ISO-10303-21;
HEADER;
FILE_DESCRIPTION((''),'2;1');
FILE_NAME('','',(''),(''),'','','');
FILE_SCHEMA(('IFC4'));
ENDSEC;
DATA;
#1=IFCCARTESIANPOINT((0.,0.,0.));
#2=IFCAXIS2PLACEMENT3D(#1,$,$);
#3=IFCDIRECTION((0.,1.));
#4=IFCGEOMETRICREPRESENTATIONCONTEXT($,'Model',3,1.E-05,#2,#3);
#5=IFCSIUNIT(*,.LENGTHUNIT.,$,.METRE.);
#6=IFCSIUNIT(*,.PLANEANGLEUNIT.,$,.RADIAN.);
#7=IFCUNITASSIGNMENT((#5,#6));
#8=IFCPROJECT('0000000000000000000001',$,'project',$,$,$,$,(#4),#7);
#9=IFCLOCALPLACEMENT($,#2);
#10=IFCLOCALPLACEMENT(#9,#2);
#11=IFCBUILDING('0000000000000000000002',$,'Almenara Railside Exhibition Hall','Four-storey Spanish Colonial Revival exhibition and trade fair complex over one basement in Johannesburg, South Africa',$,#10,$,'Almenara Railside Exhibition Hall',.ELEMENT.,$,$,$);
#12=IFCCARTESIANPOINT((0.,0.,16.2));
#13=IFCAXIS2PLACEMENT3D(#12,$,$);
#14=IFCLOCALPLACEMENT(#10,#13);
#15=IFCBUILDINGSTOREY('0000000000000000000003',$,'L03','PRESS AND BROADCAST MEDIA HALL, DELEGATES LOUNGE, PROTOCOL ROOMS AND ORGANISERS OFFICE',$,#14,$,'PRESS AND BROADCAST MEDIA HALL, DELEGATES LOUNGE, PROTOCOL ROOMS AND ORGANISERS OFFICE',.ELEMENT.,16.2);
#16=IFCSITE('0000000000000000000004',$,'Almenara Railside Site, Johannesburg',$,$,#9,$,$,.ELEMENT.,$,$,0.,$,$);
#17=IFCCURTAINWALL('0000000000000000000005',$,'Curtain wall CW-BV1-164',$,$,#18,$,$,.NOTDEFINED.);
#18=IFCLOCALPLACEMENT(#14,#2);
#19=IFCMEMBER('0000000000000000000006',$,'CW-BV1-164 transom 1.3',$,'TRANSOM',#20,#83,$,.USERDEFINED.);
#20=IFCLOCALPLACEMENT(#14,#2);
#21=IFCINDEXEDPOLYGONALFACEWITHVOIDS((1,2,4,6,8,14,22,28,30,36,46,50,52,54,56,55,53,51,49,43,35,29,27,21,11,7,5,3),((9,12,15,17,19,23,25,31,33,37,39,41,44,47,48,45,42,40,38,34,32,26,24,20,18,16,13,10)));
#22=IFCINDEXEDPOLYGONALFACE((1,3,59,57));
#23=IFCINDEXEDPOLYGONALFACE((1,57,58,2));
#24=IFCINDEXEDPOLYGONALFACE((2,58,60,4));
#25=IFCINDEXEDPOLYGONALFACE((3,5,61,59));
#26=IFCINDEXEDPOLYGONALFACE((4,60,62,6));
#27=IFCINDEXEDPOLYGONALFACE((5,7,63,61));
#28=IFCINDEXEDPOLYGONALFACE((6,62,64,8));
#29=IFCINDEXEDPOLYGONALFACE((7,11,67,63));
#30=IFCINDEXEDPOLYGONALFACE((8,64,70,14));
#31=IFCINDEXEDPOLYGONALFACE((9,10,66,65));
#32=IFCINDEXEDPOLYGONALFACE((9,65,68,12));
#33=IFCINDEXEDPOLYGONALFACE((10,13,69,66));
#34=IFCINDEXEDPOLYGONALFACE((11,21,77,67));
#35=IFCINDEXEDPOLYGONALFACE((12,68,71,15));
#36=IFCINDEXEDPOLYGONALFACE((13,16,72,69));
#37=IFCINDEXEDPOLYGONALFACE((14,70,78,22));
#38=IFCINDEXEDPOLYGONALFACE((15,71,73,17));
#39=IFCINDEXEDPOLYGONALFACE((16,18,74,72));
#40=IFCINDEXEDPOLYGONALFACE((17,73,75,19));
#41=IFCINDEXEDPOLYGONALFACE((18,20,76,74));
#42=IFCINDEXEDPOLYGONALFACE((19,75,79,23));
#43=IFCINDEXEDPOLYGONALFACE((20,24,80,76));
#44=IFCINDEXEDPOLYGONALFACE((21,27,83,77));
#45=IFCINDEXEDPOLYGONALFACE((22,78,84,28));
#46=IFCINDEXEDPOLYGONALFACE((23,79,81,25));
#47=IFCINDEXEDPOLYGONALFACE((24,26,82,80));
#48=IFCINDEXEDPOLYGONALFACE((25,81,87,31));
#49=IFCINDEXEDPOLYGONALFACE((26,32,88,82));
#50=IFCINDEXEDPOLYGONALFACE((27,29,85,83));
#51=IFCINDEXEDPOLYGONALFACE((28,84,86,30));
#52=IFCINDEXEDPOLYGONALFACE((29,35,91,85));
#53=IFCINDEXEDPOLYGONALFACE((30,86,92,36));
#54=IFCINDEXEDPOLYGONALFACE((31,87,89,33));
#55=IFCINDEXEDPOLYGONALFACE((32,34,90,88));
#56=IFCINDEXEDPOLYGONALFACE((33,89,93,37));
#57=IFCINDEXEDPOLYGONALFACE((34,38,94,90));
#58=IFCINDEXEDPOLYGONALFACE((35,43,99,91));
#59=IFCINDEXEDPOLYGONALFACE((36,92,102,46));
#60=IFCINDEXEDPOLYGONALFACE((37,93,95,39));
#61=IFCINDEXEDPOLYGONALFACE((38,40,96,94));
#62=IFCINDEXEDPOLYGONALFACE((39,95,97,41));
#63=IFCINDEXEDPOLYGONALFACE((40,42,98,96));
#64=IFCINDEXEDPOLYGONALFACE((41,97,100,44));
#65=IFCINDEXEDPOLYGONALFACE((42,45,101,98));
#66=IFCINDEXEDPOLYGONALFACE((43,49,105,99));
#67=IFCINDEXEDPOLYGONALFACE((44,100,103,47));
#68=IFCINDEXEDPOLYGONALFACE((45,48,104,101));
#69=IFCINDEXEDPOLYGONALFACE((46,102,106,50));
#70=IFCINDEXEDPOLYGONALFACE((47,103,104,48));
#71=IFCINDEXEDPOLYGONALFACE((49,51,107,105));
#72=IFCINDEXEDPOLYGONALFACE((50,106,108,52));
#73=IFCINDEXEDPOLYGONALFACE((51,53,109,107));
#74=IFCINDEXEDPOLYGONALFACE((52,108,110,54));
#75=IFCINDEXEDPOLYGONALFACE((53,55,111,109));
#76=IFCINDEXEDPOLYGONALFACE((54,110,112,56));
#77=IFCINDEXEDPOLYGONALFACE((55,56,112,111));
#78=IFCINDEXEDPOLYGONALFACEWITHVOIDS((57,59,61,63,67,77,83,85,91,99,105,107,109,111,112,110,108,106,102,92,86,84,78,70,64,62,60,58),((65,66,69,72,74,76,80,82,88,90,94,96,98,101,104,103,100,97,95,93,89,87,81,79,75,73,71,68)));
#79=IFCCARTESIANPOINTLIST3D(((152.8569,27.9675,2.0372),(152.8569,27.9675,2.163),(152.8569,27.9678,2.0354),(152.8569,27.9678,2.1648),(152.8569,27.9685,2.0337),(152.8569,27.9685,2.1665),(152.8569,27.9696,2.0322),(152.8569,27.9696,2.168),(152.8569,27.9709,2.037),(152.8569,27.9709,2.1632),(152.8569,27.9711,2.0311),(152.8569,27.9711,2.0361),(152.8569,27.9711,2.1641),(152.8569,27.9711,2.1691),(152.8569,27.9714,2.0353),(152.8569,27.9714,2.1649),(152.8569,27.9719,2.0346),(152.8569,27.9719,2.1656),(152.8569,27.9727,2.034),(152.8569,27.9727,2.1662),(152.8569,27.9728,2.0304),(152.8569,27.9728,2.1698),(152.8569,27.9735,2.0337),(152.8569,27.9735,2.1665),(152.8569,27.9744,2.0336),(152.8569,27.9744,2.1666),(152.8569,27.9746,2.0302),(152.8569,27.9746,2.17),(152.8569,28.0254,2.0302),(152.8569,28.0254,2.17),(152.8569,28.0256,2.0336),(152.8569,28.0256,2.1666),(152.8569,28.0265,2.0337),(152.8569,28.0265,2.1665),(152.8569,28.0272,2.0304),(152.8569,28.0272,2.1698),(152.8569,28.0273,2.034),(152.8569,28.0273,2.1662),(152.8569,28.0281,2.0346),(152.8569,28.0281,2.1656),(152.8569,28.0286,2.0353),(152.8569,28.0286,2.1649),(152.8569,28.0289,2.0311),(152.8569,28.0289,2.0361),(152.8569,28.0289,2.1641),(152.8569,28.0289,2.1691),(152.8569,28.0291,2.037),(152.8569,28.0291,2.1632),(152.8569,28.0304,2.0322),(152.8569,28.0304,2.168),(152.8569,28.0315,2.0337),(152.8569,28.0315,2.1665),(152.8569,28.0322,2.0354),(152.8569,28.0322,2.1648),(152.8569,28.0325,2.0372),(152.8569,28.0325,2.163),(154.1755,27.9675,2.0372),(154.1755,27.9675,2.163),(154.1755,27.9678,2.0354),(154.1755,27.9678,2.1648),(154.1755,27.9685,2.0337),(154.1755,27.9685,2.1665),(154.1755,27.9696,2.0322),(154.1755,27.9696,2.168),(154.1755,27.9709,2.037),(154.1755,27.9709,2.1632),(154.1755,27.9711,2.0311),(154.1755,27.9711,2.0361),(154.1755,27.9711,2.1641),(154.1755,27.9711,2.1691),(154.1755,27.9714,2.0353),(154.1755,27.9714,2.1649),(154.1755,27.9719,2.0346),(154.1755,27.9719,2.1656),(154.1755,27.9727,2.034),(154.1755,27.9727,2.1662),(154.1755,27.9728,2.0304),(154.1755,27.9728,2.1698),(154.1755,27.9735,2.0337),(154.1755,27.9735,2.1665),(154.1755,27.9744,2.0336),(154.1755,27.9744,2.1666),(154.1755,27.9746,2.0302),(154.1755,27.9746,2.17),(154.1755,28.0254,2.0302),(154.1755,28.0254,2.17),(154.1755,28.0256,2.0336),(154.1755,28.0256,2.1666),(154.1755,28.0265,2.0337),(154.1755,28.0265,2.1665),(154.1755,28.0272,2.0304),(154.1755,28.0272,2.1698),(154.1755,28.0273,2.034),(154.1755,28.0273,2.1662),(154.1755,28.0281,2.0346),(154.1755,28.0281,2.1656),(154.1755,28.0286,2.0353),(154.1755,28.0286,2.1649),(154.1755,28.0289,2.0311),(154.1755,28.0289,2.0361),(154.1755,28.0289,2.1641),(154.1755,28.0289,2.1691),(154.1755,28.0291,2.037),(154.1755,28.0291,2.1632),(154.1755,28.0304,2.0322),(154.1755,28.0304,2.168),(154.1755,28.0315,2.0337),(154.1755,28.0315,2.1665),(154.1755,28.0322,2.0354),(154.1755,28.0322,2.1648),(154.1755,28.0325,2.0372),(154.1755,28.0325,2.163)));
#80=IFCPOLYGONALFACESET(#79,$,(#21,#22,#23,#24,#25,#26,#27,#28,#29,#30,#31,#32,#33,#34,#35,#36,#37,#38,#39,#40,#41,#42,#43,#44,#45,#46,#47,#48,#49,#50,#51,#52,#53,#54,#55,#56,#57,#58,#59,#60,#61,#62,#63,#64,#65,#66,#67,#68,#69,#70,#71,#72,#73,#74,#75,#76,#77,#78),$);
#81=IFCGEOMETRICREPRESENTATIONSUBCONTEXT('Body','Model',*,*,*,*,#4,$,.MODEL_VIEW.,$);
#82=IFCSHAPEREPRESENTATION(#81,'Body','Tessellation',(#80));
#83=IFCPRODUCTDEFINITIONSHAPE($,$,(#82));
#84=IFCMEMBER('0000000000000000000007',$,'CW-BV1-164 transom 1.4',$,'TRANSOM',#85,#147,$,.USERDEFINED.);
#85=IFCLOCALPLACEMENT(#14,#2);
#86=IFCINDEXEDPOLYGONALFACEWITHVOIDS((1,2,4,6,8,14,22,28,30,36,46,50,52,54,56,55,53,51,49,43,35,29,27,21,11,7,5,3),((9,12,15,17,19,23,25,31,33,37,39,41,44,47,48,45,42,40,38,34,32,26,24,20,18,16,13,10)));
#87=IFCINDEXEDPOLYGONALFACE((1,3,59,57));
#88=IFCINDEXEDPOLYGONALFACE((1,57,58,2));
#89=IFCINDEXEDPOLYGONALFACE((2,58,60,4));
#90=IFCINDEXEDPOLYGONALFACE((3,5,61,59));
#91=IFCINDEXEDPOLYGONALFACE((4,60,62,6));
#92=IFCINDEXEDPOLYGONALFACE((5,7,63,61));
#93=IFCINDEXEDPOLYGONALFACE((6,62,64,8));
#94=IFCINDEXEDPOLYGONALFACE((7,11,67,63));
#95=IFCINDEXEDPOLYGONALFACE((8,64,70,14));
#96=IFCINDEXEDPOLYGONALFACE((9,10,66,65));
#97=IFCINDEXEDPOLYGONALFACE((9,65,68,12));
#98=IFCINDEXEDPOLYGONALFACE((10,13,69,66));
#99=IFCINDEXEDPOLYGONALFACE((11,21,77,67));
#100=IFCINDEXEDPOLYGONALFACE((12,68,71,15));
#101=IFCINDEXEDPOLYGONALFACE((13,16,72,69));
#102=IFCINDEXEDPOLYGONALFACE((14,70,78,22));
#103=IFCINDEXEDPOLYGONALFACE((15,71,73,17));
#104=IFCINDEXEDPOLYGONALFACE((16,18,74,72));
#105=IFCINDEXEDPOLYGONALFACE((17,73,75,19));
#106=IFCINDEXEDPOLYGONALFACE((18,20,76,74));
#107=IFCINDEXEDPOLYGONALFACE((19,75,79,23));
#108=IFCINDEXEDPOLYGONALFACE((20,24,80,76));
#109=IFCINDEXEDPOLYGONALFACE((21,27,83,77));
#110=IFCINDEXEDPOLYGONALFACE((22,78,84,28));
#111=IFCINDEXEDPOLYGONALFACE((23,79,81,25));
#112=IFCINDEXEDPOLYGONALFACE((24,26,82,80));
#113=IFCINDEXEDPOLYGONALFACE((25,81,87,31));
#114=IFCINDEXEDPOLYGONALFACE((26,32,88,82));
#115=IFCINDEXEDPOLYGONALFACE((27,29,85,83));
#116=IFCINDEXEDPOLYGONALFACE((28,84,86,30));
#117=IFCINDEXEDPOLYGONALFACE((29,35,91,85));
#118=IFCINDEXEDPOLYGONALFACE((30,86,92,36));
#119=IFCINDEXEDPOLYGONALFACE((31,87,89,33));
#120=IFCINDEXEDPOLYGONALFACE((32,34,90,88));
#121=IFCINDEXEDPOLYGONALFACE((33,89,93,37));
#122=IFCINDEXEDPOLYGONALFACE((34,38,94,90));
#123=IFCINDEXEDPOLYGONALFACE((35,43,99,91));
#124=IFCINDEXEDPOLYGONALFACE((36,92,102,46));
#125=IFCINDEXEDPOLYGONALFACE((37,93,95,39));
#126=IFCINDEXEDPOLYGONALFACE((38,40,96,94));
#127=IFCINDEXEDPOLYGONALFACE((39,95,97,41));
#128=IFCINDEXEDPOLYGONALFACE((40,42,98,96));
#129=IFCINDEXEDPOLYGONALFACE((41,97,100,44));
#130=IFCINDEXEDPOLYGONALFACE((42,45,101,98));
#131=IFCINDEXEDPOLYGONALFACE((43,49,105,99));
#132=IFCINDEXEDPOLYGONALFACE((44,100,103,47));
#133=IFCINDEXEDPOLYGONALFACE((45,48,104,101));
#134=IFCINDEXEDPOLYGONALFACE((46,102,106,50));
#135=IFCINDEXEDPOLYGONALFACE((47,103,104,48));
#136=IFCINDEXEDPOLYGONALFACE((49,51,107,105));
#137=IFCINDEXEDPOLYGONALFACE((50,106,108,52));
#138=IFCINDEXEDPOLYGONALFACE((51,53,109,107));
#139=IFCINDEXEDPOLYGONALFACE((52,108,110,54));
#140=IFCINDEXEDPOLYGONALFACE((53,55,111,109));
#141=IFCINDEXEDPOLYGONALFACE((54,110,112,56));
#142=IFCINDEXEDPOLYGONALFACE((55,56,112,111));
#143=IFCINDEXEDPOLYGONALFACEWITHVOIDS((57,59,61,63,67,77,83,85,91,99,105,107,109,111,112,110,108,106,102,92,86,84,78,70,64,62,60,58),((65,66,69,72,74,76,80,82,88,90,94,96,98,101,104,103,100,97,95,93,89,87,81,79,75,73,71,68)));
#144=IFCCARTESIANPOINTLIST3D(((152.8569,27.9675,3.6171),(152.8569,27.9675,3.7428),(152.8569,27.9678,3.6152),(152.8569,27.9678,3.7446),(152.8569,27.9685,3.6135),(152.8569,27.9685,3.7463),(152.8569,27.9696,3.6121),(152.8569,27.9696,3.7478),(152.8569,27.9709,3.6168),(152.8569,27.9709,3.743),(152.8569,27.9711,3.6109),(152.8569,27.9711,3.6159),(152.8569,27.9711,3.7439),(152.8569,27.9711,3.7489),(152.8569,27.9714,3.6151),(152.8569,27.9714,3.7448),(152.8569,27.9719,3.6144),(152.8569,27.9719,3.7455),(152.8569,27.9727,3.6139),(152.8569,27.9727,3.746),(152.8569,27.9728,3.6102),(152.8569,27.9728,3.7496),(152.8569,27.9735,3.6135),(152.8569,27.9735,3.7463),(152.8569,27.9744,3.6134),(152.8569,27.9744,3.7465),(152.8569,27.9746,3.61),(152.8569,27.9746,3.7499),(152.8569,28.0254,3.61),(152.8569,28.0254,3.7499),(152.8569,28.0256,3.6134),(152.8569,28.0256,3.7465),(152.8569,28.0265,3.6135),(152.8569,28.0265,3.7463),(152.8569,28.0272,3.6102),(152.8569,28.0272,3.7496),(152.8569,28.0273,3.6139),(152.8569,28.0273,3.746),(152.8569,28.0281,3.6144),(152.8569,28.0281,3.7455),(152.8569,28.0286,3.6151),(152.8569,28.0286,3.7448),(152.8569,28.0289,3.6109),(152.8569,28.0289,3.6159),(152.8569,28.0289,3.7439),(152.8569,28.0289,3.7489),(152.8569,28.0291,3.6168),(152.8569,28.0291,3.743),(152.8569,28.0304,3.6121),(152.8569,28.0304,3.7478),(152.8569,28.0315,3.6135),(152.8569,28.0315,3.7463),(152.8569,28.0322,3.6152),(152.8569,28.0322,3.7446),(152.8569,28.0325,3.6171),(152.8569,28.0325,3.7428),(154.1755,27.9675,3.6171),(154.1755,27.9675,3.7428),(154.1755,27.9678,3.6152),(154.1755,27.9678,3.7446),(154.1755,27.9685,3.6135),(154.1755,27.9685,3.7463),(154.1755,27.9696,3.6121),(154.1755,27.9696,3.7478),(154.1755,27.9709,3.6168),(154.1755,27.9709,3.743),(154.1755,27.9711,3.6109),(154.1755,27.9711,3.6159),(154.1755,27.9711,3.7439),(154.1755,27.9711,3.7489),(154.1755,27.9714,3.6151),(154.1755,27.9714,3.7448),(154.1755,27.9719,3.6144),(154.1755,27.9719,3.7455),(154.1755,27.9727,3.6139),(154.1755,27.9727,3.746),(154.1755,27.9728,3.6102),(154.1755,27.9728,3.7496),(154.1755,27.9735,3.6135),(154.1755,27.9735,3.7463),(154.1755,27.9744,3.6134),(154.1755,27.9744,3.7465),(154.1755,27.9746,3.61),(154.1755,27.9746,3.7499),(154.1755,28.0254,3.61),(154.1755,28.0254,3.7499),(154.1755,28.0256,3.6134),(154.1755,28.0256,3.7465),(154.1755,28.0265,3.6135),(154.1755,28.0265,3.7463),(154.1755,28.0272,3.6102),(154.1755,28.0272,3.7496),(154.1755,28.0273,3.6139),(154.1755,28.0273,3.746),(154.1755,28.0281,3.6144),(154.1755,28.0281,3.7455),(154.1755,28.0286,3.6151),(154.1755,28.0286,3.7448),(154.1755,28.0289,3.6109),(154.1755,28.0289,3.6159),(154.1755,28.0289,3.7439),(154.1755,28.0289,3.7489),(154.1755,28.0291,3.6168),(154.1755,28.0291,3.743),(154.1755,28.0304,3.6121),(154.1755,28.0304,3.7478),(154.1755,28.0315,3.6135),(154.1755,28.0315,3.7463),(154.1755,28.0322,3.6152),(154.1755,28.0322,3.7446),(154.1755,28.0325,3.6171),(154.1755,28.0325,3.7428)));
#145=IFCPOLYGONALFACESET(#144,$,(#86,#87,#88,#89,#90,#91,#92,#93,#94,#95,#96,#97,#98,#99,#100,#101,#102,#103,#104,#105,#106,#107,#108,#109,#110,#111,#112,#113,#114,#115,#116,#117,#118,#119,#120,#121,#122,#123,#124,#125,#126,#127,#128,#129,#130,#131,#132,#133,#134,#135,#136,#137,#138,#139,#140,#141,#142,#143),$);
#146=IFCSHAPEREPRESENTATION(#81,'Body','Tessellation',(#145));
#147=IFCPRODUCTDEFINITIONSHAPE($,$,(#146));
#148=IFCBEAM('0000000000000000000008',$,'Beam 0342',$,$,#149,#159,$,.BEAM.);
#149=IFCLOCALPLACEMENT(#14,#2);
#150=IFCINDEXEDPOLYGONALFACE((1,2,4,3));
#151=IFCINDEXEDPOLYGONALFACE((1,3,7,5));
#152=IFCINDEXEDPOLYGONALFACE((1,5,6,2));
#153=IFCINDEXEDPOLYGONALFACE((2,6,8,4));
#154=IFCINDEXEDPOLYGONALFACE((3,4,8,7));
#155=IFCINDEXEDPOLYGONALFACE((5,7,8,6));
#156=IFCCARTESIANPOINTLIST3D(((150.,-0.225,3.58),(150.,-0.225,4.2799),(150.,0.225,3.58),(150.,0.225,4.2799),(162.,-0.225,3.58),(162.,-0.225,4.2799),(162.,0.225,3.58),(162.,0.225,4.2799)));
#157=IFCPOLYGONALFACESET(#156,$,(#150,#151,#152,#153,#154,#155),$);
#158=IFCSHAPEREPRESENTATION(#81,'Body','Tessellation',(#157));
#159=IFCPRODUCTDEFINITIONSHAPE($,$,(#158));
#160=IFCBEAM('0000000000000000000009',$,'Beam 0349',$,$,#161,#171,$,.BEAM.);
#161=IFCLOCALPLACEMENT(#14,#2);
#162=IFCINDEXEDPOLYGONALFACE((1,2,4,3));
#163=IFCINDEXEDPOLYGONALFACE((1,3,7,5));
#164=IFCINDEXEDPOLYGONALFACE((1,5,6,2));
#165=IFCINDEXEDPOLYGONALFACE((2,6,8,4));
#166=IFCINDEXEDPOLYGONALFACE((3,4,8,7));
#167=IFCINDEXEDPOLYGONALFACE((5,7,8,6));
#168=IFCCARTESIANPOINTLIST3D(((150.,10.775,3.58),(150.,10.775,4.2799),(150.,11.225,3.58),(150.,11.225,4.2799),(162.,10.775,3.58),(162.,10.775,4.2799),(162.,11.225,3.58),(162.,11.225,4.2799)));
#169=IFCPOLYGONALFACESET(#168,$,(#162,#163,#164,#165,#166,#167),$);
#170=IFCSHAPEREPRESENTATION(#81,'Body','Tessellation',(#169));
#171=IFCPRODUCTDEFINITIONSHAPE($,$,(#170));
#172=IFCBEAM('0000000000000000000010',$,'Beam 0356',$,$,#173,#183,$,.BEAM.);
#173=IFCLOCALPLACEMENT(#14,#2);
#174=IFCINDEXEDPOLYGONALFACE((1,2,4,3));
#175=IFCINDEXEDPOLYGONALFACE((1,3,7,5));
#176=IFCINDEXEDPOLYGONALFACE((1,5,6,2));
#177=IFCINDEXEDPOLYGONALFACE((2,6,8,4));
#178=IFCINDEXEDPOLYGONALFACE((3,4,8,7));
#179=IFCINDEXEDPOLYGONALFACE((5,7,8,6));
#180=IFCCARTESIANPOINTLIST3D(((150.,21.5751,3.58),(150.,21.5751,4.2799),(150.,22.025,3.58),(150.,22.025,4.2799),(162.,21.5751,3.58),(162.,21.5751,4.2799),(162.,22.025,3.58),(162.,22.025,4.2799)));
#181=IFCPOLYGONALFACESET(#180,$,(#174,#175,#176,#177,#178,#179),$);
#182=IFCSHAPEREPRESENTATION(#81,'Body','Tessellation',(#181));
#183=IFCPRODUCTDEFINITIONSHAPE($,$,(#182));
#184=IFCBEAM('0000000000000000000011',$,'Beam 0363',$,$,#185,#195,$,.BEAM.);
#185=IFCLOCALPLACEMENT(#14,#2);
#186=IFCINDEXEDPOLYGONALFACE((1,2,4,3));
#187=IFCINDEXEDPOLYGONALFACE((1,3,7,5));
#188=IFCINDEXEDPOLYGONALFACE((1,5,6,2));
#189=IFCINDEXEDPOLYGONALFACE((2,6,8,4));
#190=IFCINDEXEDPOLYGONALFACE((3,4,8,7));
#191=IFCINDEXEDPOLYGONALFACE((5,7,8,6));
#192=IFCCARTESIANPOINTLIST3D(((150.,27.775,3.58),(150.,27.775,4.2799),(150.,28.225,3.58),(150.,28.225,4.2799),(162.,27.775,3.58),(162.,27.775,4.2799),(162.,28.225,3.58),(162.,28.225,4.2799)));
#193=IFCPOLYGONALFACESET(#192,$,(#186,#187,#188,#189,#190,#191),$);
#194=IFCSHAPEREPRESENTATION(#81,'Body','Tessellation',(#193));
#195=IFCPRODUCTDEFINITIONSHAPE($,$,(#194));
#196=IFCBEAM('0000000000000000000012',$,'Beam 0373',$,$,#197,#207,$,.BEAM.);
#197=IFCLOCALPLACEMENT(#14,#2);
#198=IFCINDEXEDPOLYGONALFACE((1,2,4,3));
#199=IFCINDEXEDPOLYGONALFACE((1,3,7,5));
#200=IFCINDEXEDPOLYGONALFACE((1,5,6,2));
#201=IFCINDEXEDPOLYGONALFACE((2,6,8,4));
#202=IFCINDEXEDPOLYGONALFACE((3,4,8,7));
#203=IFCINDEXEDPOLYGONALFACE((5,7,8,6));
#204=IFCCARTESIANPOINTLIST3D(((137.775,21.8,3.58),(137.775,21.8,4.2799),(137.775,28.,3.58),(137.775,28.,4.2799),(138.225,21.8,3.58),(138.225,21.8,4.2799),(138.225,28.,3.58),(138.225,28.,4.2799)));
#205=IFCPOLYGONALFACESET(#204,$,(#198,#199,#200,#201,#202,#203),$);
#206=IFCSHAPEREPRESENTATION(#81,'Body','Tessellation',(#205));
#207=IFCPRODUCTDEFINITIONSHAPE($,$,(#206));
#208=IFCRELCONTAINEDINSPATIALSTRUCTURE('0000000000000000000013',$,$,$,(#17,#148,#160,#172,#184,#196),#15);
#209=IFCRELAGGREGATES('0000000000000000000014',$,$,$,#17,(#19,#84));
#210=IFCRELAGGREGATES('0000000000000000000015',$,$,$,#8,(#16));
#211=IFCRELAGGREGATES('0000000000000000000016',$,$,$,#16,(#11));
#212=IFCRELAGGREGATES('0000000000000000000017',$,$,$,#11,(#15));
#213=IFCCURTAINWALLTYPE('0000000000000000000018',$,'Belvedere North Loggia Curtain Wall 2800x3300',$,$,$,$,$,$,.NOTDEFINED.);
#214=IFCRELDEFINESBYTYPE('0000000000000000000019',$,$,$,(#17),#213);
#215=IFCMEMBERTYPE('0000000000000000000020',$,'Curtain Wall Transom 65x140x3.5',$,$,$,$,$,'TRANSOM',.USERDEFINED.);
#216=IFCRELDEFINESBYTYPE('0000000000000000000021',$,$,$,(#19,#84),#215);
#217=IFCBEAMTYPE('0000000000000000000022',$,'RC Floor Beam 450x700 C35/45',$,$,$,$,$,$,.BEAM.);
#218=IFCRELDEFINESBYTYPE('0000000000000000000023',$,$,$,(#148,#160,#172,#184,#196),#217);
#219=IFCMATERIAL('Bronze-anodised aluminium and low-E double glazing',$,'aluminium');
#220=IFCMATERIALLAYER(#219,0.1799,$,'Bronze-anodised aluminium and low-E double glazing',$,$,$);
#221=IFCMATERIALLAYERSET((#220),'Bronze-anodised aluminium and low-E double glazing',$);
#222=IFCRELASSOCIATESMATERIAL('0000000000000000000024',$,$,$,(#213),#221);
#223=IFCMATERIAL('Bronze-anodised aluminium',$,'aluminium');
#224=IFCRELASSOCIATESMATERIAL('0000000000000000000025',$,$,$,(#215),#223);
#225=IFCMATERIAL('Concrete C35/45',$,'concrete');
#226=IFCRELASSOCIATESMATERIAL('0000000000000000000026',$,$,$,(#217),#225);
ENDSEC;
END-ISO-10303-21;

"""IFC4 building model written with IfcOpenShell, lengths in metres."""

from ifc_helpers import new_model, si_unit, direction, frame, origin, origin_2d, place, context, subcontext, project, spatial, rectangle, hollow_rectangle, extrude, material, layer, layer_set, material_profile, profile_set, type_object, element, aggregate, save


model = new_model("IFC4")

# Units and contexts
model_context = context("Model", 3, precision=1e-05, world=origin(), true_north=direction((0.0, 1.0)))
body_context = subcontext(model_context, "Body", "Model", "MODEL_VIEW")
ifc_project = project(units=[si_unit("LENGTHUNIT", "METRE"), si_unit("PLANEANGLEUNIT", "RADIAN")], contexts=[model_context])

# Site, building, storey
site_placement = place(None, origin())
site = spatial("IfcSite", under=ifc_project, at=site_placement, Name="Almenara Railside Site, Johannesburg", CompositionType="ELEMENT", RefElevation=0.0)
building_placement = place(site_placement, origin())
building = spatial("IfcBuilding", under=site, at=building_placement, Name="Almenara Railside Exhibition Hall", Description="Four-storey Spanish Colonial Revival exhibition and trade fair complex over one basement in Johannesburg, South Africa", LongName="Almenara Railside Exhibition Hall", CompositionType="ELEMENT")
storey_placement = place(building_placement, frame((0.0, 0.0, 16.2)))
storey = spatial("IfcBuildingStorey", under=building, at=storey_placement, Name="L03", Description="PRESS AND BROADCAST MEDIA HALL, DELEGATES LOUNGE, PROTOCOL ROOMS AND ORGANISERS OFFICE", LongName="PRESS AND BROADCAST MEDIA HALL, DELEGATES LOUNGE, PROTOCOL ROOMS AND ORGANISERS OFFICE", CompositionType="ELEMENT", Elevation=16.2)

# Shared definitions
ifc_material_1 = material(Name="Concrete C35/45", Category="concrete")

# Curtain wall, members
ifc_material_2 = material(Name="Bronze-anodised aluminium and low-E double glazing", Category="aluminium")
ifc_layer_1 = layer(ifc_material_2, 0.1799, Name="Bronze-anodised aluminium and low-E double glazing")
ifc_layer_set_1 = layer_set([ifc_layer_1], Name="Bronze-anodised aluminium and low-E double glazing")
curtain_wall_type = type_object("IfcCurtainWallType", Name="Belvedere North Loggia Curtain Wall 2800x3300", PredefinedType="NOTDEFINED", material=ifc_layer_set_1)
curtain_wall_placement = place(storey_placement, origin())
curtain_wall = element("IfcCurtainWall", 1, at=curtain_wall_placement, inside=storey, type_object=curtain_wall_type, Name="Curtain wall CW-BV1-164", PredefinedType="NOTDEFINED")
ifc_material_3 = material(Name="Bronze-anodised aluminium", Category="aluminium")
ifc_material_profile_1 = material_profile(ifc_material_3, hollow_rectangle(XDim=0.0649, YDim=0.1399, WallThickness=0.0034, InnerFilletRadius=0.0034, OuterFilletRadius=0.0071, at=origin_2d()), Name="ALU-TRN 65x140x3.5")
ifc_profile_set_1 = profile_set([ifc_material_profile_1], Name="Bronze-anodised aluminium")
member_type_1 = type_object("IfcMemberType", Name="Curtain Wall Transom 65x140x3.5", ElementType="TRANSOM", PredefinedType="USERDEFINED", material=ifc_profile_set_1)
member_1_placement = place(storey_placement, frame((152.8569, 28.0, 2.1001), z_axis=(1.0, 0.0, 0.0), x_axis=(0.0, 1.0, 0.0)))
member_1 = element("IfcMember", 2, at=member_1_placement, type_object=member_type_1, Name="CW-BV1-164 transom 1.3", ObjectType="TRANSOM", PredefinedType="USERDEFINED", context=body_context, shape_type="SweptSolid", body=[
    extrude(hollow_rectangle(XDim=0.0649, YDim=0.1399, WallThickness=0.0034, InnerFilletRadius=0.0034, OuterFilletRadius=0.0071, at=origin_2d()), origin(), (0.0, 0.0, 1.0), 1.3186),
])
member_2_placement = place(storey_placement, frame((152.8569, 28.0, 3.6799), z_axis=(1.0, 0.0, 0.0), x_axis=(0.0, 1.0, 0.0)))
member_2 = element("IfcMember", 3, at=member_2_placement, type_object=member_type_1, Name="CW-BV1-164 transom 1.4", ObjectType="TRANSOM", PredefinedType="USERDEFINED", context=body_context, shape_type="SweptSolid", body=[
    extrude(hollow_rectangle(XDim=0.0649, YDim=0.1399, WallThickness=0.0034, InnerFilletRadius=0.0034, OuterFilletRadius=0.0071, at=origin_2d()), origin(), (0.0, 0.0, 1.0), 1.3186),
])

# Beams
ifc_material_profile_2 = material_profile(ifc_material_1, rectangle(XDim=0.45, YDim=0.7, at=origin_2d()), Name="RC 450x700")
ifc_profile_set_2 = profile_set([ifc_material_profile_2], Name="Concrete C35/45")
beam_type_1 = type_object("IfcBeamType", Name="RC Floor Beam 450x700 C35/45", PredefinedType="BEAM", material=ifc_profile_set_2)
for number, where, z_axis, x_axis, name in (
    (4, (150.0, 0.0, 3.9299), (1.0, 0.0, 0.0), (0.0, 1.0, 0.0), "Beam 0342"),
    (5, (150.0, 11.0, 3.9299), (1.0, 0.0, 0.0), (0.0, 1.0, 0.0), "Beam 0349"),
    (6, (150.0, 21.8, 3.9299), (1.0, 0.0, 0.0), (0.0, 1.0, 0.0), "Beam 0356"),
    (7, (150.0, 28.0, 3.9299), (1.0, 0.0, 0.0), (0.0, 1.0, 0.0), "Beam 0363"),
):
    element("IfcBeam", number, at=place(storey_placement, frame(where, z_axis=z_axis, x_axis=x_axis)), inside=storey, type_object=beam_type_1, Name=name, PredefinedType="BEAM", context=body_context, shape_type="SweptSolid", body=[
        extrude(rectangle(XDim=0.45, YDim=0.7, at=origin_2d()), origin(), (0.0, 0.0, 1.0), 12.0),
    ])
beam_1_placement = place(storey_placement, frame((138.0, 21.8, 3.9299), z_axis=(0.0, 1.0, 0.0), x_axis=(-1.0, 0.0, 0.0)))
element("IfcBeam", 8, at=beam_1_placement, inside=storey, type_object=beam_type_1, Name="Beam 0373", PredefinedType="BEAM", context=body_context, shape_type="SweptSolid", body=[
    extrude(rectangle(XDim=0.45, YDim=0.7, at=origin_2d()), origin(), (0.0, 0.0, 1.0), 6.2),
])

aggregate(curtain_wall, [member_1, member_2])

save(model, "model.ifc")
